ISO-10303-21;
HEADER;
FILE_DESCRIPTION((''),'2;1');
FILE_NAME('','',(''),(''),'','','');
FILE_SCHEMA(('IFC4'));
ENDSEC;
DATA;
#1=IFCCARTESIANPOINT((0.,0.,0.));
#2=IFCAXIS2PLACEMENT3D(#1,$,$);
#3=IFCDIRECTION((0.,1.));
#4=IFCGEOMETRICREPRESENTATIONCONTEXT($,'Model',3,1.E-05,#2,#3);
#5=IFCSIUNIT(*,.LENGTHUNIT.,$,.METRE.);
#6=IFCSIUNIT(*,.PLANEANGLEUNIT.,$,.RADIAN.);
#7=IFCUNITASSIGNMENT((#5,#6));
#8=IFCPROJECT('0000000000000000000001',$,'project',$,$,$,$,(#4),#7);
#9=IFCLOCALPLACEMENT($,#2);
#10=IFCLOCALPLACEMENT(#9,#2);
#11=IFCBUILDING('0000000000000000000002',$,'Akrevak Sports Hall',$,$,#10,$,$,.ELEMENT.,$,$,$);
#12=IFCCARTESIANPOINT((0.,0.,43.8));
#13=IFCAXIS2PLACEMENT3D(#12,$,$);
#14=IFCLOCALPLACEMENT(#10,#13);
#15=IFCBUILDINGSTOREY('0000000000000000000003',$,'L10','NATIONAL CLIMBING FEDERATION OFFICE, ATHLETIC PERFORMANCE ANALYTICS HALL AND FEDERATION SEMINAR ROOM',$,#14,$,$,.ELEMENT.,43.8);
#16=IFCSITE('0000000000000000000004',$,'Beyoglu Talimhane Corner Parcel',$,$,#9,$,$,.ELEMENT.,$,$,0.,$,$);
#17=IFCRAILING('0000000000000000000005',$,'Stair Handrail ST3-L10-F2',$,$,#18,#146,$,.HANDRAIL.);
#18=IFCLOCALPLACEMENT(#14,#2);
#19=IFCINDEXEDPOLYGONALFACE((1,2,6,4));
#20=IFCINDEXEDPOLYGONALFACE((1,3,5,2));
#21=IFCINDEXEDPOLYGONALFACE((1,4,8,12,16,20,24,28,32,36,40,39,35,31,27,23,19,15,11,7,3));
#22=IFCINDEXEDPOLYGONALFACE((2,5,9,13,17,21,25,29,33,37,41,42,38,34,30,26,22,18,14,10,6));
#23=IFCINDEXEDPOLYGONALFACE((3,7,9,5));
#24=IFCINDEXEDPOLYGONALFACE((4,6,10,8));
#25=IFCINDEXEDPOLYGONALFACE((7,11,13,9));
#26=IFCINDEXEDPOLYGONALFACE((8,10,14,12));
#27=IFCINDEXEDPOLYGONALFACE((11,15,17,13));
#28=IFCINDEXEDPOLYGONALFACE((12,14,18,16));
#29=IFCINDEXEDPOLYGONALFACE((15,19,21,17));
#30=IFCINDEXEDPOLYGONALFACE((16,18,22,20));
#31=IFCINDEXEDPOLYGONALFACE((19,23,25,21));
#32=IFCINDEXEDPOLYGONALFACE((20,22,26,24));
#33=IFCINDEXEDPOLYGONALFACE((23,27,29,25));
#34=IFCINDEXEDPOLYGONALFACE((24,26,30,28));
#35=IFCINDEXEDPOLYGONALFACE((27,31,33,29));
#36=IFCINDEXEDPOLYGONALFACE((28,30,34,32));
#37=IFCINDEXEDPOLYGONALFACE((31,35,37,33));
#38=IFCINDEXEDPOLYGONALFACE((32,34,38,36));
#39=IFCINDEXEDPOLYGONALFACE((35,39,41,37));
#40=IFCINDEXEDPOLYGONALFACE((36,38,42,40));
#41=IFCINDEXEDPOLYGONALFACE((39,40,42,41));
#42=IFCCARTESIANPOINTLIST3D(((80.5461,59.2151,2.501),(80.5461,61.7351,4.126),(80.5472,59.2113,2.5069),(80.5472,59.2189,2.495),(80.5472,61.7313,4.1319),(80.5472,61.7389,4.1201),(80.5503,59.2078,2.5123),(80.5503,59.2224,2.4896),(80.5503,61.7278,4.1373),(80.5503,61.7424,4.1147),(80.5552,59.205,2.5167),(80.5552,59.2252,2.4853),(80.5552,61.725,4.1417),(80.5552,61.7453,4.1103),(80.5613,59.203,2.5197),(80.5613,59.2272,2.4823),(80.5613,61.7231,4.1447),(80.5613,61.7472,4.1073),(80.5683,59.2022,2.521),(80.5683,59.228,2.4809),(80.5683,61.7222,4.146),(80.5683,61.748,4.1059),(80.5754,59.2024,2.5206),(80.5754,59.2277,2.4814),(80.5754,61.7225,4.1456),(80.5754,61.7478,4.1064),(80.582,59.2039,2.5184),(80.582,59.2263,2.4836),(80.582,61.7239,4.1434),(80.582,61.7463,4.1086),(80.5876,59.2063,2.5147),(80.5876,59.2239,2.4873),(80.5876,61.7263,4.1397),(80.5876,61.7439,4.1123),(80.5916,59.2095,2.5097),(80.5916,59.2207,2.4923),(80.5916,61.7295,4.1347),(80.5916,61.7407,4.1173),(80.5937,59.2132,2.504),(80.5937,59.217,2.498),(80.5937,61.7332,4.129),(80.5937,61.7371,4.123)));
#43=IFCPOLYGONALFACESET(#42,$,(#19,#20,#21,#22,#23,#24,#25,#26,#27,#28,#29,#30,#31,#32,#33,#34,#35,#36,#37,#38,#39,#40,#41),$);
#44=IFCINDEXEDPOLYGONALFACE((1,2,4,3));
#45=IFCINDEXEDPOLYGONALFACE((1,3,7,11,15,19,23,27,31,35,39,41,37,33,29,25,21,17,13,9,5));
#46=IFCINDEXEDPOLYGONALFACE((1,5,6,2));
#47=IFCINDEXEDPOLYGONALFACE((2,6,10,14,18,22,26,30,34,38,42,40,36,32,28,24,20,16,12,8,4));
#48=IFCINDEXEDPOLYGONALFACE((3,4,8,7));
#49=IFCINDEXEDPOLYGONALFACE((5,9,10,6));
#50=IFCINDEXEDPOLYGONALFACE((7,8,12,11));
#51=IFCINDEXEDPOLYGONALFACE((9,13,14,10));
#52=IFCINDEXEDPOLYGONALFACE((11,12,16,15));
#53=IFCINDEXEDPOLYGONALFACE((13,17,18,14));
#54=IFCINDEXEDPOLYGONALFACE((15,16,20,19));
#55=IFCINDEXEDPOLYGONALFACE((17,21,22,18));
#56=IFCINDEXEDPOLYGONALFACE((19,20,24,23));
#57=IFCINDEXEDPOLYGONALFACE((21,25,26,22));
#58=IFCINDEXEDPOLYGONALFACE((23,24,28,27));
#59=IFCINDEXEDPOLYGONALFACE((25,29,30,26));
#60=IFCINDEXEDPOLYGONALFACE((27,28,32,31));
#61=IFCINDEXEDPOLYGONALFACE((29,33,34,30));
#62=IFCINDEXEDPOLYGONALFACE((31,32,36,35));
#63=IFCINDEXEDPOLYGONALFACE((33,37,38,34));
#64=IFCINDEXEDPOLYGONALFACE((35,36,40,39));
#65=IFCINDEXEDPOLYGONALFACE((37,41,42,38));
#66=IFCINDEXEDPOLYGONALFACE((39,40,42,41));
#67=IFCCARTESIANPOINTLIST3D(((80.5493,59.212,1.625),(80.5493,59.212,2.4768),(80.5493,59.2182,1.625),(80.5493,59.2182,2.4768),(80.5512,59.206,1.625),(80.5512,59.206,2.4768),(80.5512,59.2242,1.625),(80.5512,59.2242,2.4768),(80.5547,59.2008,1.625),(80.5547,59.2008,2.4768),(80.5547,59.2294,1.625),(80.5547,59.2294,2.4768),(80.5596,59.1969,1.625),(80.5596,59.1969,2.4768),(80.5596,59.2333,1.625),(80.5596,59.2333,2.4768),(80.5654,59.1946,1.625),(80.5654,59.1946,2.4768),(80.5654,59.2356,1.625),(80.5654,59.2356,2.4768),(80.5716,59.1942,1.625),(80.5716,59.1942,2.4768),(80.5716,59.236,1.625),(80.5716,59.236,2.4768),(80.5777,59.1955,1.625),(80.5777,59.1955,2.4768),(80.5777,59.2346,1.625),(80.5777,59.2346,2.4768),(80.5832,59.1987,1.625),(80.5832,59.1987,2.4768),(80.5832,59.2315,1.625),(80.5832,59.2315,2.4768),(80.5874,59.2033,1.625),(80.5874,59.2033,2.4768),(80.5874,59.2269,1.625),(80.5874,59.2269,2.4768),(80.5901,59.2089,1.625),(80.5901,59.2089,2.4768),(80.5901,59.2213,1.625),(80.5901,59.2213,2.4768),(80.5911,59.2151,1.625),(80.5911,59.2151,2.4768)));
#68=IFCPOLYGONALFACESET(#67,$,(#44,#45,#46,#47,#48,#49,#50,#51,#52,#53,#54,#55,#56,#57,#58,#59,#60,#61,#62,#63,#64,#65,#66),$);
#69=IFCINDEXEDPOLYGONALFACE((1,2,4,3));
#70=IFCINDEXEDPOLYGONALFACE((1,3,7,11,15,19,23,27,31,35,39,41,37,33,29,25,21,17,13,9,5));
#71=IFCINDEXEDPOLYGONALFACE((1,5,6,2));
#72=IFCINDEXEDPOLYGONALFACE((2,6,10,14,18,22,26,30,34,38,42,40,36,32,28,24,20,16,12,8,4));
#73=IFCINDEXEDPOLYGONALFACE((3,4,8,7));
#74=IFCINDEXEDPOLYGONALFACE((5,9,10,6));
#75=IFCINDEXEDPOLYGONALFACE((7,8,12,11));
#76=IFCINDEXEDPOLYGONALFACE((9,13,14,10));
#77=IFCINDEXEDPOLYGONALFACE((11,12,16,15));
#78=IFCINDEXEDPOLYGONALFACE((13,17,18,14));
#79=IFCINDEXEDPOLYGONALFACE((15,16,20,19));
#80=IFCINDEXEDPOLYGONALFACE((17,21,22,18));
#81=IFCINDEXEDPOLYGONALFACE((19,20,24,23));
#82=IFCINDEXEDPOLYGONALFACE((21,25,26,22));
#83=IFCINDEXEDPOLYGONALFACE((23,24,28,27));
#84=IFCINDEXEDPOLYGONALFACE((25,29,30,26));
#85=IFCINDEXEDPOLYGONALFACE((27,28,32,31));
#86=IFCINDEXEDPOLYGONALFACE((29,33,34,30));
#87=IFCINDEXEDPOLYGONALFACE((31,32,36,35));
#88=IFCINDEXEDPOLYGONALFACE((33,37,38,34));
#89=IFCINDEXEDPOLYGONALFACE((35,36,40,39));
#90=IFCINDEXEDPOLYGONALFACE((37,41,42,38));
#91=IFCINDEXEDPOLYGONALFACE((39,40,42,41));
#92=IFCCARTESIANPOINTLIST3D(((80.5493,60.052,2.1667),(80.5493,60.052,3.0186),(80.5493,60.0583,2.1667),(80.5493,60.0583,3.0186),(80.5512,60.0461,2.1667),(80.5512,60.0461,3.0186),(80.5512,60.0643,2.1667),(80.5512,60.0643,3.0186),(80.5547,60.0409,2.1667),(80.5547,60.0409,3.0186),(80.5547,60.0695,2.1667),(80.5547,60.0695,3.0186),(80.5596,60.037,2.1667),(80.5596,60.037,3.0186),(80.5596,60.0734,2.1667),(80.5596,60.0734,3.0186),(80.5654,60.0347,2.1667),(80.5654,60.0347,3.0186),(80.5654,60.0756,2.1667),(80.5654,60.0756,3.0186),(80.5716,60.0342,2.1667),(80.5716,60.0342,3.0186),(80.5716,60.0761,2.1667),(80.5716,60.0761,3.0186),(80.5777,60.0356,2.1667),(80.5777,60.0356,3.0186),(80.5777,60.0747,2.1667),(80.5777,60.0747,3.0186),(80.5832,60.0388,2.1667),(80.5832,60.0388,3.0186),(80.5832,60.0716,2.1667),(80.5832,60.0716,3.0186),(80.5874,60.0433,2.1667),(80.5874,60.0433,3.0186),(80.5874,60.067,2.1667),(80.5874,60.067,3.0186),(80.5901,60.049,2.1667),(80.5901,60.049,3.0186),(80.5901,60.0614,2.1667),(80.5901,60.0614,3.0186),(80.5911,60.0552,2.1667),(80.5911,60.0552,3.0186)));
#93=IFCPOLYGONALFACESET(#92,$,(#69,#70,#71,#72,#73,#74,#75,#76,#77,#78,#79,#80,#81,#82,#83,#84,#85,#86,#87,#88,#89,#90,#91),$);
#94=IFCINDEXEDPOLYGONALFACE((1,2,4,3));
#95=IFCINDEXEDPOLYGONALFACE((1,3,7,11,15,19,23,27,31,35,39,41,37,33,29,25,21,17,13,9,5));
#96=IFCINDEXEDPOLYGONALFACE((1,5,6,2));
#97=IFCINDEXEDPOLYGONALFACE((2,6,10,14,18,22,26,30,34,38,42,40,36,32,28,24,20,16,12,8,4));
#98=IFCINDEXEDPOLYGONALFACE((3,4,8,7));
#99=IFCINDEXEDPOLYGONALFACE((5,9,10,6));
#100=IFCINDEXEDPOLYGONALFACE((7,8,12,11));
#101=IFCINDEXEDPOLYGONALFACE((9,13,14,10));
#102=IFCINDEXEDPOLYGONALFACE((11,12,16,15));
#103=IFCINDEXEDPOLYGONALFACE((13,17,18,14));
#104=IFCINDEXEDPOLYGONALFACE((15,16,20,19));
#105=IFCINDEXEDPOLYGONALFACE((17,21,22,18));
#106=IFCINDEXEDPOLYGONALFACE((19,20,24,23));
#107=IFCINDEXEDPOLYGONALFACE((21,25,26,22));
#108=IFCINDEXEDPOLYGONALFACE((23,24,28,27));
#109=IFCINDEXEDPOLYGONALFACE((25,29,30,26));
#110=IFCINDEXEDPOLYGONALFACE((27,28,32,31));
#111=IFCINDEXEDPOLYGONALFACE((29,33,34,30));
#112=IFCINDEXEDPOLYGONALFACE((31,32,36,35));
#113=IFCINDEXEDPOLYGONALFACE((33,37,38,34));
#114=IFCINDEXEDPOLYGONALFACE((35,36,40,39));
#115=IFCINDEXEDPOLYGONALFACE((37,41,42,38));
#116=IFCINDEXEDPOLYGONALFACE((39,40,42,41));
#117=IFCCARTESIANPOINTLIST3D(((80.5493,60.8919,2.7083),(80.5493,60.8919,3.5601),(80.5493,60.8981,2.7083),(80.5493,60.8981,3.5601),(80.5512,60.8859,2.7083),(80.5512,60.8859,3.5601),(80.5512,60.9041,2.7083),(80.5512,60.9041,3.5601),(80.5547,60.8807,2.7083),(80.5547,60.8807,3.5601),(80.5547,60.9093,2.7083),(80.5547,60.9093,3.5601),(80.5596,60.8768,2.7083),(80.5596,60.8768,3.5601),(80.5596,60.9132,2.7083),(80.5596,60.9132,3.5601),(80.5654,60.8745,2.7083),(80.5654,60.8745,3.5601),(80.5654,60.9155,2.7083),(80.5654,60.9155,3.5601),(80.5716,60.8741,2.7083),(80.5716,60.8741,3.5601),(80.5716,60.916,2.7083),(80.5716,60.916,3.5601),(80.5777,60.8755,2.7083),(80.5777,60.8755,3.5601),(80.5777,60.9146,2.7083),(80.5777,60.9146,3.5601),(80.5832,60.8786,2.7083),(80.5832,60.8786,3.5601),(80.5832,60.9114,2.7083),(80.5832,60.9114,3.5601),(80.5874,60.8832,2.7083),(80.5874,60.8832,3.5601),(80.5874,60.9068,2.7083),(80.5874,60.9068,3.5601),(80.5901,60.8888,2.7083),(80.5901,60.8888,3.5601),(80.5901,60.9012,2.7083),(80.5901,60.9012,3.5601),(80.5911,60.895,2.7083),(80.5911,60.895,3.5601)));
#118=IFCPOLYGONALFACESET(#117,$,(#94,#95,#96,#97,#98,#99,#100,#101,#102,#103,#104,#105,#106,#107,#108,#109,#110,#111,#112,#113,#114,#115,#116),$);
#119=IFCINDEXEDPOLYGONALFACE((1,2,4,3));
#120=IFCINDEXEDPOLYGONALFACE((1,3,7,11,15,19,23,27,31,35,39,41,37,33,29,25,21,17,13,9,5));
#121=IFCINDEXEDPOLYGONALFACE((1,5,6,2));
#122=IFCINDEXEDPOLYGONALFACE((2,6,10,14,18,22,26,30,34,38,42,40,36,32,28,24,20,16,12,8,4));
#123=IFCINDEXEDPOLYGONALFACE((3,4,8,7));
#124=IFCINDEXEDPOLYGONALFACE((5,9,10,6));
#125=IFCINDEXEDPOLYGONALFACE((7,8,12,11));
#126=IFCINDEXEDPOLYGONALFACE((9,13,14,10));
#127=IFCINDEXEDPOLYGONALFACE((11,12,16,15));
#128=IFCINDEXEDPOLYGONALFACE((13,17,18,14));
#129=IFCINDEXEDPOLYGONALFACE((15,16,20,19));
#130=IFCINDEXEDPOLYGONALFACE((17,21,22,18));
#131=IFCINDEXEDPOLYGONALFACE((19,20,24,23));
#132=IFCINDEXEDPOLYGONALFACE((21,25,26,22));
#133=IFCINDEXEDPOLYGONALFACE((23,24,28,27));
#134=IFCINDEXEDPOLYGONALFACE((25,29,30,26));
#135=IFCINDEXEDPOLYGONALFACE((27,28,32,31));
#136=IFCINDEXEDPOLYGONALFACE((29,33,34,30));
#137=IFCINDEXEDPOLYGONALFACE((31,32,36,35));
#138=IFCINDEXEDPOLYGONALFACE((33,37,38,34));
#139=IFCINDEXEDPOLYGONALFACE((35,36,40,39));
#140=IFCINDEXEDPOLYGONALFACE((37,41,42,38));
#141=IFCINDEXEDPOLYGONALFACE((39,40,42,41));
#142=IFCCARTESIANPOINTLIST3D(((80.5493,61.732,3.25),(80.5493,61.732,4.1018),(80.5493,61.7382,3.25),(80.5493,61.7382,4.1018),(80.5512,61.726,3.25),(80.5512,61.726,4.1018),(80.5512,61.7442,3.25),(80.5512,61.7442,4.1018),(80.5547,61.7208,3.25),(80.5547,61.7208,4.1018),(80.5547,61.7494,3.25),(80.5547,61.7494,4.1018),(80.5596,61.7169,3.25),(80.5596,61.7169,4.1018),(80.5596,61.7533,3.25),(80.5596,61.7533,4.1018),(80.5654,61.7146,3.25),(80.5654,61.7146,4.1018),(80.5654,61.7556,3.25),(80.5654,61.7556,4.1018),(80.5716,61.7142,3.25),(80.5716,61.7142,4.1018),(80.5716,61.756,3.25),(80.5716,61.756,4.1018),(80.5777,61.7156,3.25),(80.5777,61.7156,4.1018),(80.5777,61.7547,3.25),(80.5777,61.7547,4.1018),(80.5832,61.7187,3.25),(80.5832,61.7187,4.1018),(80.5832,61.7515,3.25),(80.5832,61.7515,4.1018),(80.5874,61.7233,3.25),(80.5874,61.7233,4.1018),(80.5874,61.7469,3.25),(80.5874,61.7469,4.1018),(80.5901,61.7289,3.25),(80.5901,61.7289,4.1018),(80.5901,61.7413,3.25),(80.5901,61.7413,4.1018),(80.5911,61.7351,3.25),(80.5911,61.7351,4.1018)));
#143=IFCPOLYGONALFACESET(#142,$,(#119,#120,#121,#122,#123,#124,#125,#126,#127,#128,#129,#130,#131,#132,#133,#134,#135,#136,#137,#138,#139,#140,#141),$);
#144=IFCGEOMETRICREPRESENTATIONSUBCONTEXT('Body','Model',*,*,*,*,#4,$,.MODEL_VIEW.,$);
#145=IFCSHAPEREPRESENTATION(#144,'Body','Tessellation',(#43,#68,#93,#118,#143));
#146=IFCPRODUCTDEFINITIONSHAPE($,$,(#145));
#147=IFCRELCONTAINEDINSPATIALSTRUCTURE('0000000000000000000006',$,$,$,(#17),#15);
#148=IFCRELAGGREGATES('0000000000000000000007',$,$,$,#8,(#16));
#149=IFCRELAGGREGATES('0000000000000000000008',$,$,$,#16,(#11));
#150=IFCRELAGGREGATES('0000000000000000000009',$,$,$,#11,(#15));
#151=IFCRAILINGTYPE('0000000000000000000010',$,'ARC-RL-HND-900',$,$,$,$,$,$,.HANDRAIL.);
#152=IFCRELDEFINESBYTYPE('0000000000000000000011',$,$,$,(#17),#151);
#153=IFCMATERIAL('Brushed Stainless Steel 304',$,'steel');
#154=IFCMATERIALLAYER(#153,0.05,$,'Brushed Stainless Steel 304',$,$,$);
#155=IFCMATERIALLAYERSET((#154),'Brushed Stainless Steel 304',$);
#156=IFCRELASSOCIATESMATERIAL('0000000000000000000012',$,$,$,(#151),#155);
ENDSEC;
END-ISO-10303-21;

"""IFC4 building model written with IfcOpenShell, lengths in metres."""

from ifc_helpers import new_model, si_unit, direction, frame, origin, origin_2d, place, context, subcontext, project, spatial, circle, extrude, material, layer, layer_set, type_object, element, save


model = new_model("IFC4")

# Units and contexts
model_context = context("Model", 3, precision=1e-05, world=origin(), true_north=direction((0.0, 1.0)))
body_context = subcontext(model_context, "Body", "Model", "MODEL_VIEW")
ifc_project = project(units=[si_unit("LENGTHUNIT", "METRE"), si_unit("PLANEANGLEUNIT", "RADIAN")], contexts=[model_context])

# Site, building, storey
site_placement = place(None, origin())
site = spatial("IfcSite", under=ifc_project, at=site_placement, Name="Beyoglu Talimhane Corner Parcel", CompositionType="ELEMENT", RefElevation=0.0)
building_placement = place(site_placement, origin())
building = spatial("IfcBuilding", under=site, at=building_placement, Name="Akrevak Sports Hall", CompositionType="ELEMENT")
storey_placement = place(building_placement, frame((0.0, 0.0, 43.8)))
storey = spatial("IfcBuildingStorey", under=building, at=storey_placement, Name="L10", Description="NATIONAL CLIMBING FEDERATION OFFICE, ATHLETIC PERFORMANCE ANALYTICS HALL AND FEDERATION SEMINAR ROOM", CompositionType="ELEMENT", Elevation=43.8)

# Shared definitions
ifc_material_1 = material(Name="Brushed Stainless Steel 304", Category="steel")

# Railing
ifc_layer_1 = layer(ifc_material_1, 0.05, Name="Brushed Stainless Steel 304")
ifc_layer_set_1 = layer_set([ifc_layer_1], Name="Brushed Stainless Steel 304")
railing_type_1 = type_object("IfcRailingType", Name="ARC-RL-HND-900", PredefinedType="HANDRAIL", material=ifc_layer_set_1)
railing_1_placement = place(storey_placement, frame((80.5701, 59.2151, 1.625)))
element("IfcRailing", 1, at=railing_1_placement, inside=storey, type_object=railing_type_1, Name="Stair Handrail ST3-L10-F2", PredefinedType="HANDRAIL", context=body_context, shape_type="SweptSolid", body=[
    extrude(circle(Radius=0.0239, at=origin_2d()), frame((0.0, 0.0, 0.876), z_axis=(0.0, 0.840421, 0.541934), x_axis=(-1.0, 0.0, 0.0)), (0.0, 0.0, 1.0), 2.9985),
    extrude(circle(Radius=0.021, at=origin_2d()), origin(), (0.0, 0.0, 1.0), 0.8518),
    extrude(circle(Radius=0.021, at=origin_2d()), frame((0.0, 0.8401, 0.5417)), (0.0, 0.0, 1.0), 0.8518),
    extrude(circle(Radius=0.021, at=origin_2d()), frame((0.0, 1.6799, 1.0833)), (0.0, 0.0, 1.0), 0.8518),
    extrude(circle(Radius=0.021, at=origin_2d()), frame((0.0, 2.52, 1.625)), (0.0, 0.0, 1.0), 0.8518),
])

save(model, "model.ifc")
